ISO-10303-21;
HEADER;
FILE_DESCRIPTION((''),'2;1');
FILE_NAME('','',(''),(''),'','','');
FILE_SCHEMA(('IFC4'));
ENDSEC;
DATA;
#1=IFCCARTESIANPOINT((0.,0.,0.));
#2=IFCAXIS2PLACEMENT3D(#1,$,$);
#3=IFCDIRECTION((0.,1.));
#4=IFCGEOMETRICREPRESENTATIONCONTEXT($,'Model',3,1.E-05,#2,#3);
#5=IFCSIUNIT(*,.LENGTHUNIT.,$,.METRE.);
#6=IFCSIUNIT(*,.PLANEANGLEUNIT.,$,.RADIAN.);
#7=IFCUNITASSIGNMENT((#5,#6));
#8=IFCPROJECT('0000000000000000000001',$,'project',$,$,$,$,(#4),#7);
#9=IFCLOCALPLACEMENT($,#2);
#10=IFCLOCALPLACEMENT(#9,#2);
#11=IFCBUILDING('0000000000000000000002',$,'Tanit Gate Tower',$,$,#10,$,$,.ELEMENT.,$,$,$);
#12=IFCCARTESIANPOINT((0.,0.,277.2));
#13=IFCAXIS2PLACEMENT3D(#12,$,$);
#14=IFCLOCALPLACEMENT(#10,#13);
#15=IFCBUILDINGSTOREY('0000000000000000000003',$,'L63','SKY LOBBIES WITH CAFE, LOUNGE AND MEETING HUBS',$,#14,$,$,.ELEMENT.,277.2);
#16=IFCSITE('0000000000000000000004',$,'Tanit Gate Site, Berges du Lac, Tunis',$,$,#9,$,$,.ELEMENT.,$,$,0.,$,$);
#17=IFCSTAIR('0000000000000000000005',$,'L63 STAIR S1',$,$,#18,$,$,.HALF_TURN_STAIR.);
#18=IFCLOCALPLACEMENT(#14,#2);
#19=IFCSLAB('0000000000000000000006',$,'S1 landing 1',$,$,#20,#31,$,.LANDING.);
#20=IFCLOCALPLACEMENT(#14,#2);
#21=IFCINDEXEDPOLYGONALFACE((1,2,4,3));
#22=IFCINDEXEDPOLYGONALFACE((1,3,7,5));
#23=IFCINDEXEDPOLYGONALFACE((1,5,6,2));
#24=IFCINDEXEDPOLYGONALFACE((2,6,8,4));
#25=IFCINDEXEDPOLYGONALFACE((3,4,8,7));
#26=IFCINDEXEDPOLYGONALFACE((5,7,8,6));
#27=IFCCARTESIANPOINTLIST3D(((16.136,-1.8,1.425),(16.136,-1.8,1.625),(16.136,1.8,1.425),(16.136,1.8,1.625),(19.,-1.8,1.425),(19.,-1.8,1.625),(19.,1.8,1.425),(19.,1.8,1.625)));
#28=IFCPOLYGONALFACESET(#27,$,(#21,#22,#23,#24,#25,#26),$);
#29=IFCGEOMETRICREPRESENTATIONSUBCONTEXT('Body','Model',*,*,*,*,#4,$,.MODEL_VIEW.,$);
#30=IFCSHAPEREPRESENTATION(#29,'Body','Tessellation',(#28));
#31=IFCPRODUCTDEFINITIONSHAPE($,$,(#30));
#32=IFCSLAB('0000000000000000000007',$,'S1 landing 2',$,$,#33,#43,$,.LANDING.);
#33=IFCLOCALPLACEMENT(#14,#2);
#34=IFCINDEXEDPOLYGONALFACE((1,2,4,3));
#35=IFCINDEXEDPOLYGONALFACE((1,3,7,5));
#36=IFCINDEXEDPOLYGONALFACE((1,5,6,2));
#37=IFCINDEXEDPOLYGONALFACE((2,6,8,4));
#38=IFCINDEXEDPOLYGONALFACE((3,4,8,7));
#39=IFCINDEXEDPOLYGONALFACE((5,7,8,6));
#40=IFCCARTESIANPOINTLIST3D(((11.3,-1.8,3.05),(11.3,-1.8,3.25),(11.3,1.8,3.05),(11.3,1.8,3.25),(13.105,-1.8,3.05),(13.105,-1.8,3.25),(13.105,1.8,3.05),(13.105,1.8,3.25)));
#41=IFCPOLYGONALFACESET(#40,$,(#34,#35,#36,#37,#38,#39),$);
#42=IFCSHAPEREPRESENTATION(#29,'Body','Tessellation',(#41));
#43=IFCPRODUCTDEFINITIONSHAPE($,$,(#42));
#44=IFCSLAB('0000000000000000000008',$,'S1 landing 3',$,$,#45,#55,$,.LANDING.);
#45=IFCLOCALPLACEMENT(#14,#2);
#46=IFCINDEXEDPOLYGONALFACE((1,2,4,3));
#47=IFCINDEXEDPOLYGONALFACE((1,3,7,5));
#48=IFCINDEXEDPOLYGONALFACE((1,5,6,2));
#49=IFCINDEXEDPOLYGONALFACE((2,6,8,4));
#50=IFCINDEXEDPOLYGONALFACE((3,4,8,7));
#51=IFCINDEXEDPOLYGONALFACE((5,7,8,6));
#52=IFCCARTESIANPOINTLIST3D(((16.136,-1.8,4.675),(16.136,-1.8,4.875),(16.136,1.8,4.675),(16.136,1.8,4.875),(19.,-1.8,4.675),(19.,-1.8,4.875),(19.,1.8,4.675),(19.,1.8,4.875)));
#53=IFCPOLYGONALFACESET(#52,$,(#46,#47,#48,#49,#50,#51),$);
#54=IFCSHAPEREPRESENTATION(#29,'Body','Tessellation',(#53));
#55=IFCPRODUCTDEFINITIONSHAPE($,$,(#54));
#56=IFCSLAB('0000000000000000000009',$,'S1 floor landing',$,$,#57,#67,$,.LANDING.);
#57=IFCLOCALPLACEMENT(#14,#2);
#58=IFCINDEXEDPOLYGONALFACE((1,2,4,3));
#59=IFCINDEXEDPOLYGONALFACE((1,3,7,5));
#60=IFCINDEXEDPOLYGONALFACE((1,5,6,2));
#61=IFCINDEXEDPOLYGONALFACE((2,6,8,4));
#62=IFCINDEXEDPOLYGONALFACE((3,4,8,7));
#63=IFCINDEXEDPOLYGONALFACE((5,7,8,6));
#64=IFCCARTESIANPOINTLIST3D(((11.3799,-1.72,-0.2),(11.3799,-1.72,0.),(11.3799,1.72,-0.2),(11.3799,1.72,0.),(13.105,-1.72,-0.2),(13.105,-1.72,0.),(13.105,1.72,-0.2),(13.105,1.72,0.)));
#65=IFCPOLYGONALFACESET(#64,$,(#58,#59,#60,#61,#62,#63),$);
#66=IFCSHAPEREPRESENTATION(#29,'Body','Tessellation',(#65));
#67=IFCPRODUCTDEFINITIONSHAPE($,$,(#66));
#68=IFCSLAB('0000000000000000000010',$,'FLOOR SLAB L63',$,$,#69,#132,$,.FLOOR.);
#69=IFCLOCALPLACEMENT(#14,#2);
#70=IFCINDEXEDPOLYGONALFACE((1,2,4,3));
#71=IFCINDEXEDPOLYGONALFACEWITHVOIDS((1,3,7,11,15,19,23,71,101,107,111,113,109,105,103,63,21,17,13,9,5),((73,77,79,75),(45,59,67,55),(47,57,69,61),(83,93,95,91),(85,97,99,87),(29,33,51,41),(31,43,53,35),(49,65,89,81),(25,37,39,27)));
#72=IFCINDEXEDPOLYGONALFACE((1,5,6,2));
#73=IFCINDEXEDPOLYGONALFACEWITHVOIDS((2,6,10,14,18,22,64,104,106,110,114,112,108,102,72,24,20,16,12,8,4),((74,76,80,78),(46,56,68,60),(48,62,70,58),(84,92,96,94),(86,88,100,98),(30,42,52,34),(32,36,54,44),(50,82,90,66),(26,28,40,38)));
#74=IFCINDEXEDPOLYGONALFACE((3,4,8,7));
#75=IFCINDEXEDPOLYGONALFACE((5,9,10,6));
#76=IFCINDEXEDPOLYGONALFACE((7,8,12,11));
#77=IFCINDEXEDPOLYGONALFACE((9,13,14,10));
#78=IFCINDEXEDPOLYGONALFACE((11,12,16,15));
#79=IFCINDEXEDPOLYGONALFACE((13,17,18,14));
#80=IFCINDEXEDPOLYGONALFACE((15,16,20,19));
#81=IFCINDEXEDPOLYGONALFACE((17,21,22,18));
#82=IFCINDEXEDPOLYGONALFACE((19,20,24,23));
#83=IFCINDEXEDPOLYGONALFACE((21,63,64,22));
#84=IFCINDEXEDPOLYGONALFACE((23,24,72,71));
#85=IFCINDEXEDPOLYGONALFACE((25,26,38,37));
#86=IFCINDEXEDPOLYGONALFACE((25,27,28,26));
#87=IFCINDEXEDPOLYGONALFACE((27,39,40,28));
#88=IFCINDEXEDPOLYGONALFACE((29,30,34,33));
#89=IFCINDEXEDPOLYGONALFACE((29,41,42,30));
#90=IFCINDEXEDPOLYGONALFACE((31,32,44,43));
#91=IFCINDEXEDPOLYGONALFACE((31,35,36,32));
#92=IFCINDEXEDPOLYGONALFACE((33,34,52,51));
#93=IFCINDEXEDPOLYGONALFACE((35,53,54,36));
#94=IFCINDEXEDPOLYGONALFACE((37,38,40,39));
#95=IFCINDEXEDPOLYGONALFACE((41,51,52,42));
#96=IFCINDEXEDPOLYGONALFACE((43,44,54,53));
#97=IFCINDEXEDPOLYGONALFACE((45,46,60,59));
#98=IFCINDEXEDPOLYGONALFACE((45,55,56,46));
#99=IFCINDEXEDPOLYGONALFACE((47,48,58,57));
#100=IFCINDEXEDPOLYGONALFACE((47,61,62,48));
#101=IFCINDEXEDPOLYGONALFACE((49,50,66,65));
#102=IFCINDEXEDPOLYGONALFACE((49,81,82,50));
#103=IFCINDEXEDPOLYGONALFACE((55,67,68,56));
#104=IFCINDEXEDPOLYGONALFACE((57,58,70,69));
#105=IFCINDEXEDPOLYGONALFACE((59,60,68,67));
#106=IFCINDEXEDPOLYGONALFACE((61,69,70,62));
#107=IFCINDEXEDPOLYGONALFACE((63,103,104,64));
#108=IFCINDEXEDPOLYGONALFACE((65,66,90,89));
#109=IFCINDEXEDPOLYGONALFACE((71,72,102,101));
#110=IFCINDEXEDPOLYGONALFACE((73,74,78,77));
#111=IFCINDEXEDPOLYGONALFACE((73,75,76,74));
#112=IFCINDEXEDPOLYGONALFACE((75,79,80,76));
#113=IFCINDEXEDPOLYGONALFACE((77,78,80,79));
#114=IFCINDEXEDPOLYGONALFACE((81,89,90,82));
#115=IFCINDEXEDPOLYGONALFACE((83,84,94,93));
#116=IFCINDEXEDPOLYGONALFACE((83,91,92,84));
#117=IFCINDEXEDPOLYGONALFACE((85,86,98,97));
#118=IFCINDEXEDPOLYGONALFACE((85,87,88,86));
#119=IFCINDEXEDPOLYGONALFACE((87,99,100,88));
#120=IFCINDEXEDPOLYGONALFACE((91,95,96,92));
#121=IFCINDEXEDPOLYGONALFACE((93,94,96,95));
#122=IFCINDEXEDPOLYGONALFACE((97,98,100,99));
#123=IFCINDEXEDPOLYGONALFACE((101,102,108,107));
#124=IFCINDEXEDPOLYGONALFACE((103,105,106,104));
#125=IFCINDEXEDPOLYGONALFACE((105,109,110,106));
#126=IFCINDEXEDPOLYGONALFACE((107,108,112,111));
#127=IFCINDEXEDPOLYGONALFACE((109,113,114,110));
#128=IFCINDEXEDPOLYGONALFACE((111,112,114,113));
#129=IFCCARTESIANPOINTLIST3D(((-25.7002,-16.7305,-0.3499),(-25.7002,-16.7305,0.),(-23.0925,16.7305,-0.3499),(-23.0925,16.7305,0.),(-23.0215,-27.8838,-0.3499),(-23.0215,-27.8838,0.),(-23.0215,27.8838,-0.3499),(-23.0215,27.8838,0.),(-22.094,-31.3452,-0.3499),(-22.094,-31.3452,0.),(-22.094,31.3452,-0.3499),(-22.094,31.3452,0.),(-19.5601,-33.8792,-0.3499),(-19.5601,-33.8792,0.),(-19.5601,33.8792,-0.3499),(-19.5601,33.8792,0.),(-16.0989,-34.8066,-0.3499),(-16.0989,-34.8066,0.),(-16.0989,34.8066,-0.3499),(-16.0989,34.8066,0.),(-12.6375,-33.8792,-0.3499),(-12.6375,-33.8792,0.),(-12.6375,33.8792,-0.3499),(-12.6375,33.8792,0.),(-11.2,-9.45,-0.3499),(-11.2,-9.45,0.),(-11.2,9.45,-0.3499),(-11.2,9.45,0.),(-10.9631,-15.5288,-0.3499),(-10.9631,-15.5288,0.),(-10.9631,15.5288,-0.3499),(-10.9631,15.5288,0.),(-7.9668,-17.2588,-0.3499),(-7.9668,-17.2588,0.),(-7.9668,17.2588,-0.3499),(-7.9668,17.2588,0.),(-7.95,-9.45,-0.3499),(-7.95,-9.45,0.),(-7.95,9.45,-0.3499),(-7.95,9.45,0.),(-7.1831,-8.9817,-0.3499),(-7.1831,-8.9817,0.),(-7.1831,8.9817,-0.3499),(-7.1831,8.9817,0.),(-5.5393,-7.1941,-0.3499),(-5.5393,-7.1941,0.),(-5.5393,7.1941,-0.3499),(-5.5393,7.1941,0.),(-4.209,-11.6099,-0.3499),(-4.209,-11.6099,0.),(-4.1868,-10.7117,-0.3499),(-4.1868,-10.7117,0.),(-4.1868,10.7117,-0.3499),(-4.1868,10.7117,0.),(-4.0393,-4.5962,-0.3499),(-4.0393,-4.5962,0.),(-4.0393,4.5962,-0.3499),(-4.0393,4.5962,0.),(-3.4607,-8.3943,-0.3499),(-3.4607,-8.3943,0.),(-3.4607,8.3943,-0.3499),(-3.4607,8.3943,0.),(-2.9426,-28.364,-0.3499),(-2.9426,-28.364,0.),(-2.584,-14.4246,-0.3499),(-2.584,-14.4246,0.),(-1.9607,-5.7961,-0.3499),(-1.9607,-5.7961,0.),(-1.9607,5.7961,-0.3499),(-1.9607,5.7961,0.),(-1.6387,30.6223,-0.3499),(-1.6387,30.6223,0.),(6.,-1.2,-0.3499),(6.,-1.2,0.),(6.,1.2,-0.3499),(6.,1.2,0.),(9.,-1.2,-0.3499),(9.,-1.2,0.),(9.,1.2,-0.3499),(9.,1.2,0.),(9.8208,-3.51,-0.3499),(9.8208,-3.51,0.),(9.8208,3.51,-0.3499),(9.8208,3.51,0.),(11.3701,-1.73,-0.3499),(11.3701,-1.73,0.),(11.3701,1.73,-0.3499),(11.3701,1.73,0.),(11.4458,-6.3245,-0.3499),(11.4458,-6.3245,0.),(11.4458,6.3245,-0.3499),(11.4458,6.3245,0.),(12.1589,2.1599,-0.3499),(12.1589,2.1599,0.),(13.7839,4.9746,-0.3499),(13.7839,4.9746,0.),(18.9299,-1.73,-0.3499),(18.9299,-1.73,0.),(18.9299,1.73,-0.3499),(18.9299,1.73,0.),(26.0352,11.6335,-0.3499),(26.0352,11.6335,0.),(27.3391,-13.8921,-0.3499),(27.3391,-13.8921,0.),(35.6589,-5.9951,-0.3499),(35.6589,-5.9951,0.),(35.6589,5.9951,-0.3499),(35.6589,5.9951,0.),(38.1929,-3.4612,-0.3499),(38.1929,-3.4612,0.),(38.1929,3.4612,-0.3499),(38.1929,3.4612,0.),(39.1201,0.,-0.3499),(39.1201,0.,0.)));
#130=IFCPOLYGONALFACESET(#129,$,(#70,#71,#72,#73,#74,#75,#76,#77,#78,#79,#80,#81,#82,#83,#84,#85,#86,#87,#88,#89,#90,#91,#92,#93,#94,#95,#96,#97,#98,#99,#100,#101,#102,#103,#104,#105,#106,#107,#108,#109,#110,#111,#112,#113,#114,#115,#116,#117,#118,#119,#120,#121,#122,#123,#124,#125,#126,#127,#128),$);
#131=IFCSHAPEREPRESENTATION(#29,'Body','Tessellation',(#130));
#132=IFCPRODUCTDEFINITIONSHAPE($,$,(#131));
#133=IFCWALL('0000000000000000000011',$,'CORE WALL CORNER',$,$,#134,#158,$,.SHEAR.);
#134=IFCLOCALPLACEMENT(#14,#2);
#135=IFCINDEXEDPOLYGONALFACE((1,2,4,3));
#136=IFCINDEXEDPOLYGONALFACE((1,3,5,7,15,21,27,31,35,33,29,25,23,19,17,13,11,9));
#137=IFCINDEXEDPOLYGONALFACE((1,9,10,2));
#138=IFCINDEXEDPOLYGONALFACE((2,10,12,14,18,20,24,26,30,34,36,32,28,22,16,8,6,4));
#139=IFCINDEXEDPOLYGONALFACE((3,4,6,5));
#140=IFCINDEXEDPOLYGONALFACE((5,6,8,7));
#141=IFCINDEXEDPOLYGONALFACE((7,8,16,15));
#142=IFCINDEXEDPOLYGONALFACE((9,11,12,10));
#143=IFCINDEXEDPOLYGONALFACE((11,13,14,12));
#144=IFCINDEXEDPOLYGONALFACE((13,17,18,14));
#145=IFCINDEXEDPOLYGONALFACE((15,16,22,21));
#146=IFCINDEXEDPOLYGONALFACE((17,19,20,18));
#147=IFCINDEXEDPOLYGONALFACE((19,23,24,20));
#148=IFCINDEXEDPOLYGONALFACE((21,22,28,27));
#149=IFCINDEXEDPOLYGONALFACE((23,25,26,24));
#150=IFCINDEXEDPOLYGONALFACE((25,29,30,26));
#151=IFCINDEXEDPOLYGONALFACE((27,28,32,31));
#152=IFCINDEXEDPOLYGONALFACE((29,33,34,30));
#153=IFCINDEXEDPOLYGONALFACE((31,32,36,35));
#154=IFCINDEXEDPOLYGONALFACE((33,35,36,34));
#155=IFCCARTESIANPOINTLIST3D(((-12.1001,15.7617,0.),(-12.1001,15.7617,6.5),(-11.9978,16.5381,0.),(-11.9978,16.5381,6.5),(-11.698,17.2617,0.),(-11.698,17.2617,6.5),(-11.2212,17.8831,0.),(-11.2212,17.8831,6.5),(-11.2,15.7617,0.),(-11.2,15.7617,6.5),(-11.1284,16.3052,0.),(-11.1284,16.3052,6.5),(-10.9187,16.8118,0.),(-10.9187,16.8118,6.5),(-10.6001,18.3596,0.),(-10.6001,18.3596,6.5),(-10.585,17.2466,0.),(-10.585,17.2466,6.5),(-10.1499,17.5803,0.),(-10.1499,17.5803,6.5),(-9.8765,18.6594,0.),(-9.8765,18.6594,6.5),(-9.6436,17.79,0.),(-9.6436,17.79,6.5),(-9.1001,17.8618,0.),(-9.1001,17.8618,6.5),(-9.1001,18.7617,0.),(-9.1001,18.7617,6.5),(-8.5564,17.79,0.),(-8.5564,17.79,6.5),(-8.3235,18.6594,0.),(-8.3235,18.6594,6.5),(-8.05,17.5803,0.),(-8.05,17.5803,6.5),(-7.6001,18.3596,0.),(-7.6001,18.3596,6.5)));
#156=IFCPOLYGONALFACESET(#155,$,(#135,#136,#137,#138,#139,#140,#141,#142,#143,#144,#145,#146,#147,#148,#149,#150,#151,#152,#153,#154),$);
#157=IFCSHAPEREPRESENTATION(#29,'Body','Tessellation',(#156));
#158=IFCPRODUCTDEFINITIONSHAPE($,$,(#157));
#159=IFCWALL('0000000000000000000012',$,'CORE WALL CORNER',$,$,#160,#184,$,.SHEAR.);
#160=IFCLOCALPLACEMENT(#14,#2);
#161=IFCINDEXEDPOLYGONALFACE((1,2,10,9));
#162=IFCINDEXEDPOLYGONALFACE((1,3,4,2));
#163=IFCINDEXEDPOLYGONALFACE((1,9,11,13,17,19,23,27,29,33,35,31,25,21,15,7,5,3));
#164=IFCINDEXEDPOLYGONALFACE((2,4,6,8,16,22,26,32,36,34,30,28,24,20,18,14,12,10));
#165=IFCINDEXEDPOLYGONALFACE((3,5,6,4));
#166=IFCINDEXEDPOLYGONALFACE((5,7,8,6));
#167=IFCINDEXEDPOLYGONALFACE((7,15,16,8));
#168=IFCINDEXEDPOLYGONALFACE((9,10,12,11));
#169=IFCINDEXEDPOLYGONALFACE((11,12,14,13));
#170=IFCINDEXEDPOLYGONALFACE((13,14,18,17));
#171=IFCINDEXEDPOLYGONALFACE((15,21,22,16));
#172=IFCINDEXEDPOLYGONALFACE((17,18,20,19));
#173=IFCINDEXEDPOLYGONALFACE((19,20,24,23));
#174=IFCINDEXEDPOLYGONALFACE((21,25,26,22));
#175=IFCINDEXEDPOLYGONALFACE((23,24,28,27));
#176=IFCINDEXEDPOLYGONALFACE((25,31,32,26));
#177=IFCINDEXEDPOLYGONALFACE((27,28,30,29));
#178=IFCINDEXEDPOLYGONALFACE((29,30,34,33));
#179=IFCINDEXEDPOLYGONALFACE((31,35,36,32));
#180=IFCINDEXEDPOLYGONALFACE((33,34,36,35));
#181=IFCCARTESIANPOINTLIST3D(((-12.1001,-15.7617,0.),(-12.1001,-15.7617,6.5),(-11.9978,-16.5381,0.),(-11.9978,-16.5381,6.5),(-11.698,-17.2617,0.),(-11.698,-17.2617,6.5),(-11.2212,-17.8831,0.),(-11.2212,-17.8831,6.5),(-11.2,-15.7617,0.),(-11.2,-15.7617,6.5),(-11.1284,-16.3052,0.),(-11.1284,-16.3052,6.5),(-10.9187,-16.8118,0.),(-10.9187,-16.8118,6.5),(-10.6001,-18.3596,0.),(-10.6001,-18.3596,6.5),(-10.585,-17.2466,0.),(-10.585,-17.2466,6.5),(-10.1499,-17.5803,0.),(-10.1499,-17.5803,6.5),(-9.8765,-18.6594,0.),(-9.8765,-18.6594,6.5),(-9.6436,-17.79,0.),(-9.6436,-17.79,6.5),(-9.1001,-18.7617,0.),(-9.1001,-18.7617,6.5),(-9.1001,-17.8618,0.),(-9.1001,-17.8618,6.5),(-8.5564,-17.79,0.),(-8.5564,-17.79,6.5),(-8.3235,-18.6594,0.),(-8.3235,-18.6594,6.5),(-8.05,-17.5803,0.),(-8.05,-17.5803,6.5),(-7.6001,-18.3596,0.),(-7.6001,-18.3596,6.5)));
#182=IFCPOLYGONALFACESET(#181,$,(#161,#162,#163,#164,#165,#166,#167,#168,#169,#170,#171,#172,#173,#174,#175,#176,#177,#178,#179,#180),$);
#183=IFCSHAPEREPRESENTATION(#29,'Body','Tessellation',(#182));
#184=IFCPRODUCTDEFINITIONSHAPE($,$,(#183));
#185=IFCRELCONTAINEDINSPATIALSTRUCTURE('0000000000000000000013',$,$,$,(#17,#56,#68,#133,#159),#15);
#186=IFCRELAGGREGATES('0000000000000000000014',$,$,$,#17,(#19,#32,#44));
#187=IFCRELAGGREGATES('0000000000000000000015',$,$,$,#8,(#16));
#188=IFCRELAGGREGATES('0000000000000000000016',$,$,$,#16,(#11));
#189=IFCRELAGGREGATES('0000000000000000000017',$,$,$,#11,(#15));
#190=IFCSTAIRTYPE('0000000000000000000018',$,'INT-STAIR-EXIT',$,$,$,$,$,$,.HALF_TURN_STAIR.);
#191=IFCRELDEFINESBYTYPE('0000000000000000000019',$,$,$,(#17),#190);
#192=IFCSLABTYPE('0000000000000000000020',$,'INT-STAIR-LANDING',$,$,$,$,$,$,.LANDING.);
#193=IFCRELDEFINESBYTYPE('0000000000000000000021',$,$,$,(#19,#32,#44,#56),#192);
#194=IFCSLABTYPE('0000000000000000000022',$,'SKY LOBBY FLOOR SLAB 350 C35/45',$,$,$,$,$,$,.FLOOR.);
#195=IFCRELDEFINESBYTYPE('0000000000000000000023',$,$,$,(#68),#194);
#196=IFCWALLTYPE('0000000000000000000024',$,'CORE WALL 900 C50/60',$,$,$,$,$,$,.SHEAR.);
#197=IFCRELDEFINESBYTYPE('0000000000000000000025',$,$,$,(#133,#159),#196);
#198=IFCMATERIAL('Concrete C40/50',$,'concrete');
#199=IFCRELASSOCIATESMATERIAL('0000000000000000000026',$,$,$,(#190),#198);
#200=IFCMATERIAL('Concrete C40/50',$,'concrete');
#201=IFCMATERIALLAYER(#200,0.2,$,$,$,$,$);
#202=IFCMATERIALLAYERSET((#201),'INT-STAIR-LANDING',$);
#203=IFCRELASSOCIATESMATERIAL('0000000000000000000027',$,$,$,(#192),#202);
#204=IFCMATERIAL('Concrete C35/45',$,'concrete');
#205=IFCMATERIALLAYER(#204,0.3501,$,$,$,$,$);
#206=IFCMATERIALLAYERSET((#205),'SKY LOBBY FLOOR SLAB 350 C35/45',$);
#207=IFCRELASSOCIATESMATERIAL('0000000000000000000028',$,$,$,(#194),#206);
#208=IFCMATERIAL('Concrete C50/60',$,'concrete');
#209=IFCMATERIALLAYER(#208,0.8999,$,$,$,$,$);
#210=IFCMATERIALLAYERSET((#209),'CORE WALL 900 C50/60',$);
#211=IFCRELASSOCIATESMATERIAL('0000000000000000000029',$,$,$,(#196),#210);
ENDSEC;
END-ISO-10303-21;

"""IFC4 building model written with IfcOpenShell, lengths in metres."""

from ifc_helpers import new_model, si_unit, direction, frame, origin, place, context, subcontext, project, spatial, polyline, outline, extrude, material, layer, layer_set, type_object, element, aggregate, save


model = new_model("IFC4")

# Units and contexts
model_context = context("Model", 3, precision=1e-05, world=origin(), true_north=direction((0.0, 1.0)))
body_context = subcontext(model_context, "Body", "Model", "MODEL_VIEW")
ifc_project = project(units=[si_unit("LENGTHUNIT", "METRE"), si_unit("PLANEANGLEUNIT", "RADIAN")], contexts=[model_context])

# Site, building, storey
site_placement = place(None, origin())
site = spatial("IfcSite", under=ifc_project, at=site_placement, Name="Tanit Gate Site, Berges du Lac, Tunis", CompositionType="ELEMENT", RefElevation=0.0)
building_placement = place(site_placement, origin())
building = spatial("IfcBuilding", under=site, at=building_placement, Name="Tanit Gate Tower", CompositionType="ELEMENT")
storey_placement = place(building_placement, frame((0.0, 0.0, 277.2)))
storey = spatial("IfcBuildingStorey", under=building, at=storey_placement, Name="L63", Description="SKY LOBBIES WITH CAFE, LOUNGE AND MEETING HUBS", CompositionType="ELEMENT", Elevation=277.2)

# Stair, slabs
ifc_material_1 = material(Name="Concrete C40/50", Category="concrete")
stair_type = type_object("IfcStairType", Name="INT-STAIR-EXIT", PredefinedType="HALF_TURN_STAIR", material=ifc_material_1)
stair_placement = place(storey_placement, origin())
stair = element("IfcStair", 1, at=stair_placement, inside=storey, type_object=stair_type, Name="L63 STAIR S1", PredefinedType="HALF_TURN_STAIR")
ifc_material_2 = material(Name="Concrete C40/50", Category="concrete")
ifc_layer_1 = layer(ifc_material_2, 0.2)
ifc_layer_set_1 = layer_set([ifc_layer_1], Name="INT-STAIR-LANDING")
slab_type_1 = type_object("IfcSlabType", Name="INT-STAIR-LANDING", PredefinedType="LANDING", material=ifc_layer_set_1)
slab_1_placement = place(storey_placement, frame((0.0, 0.0, 1.425)))
slab_1 = element("IfcSlab", 2, at=slab_1_placement, type_object=slab_type_1, Name="S1 landing 1", PredefinedType="LANDING", context=body_context, shape_type="SweptSolid", body=[
    extrude(outline(polyline([(16.136, -1.8), (19.0, -1.8), (19.0, 1.8), (16.136, 1.8), (16.136, -1.8)])), origin(), (0.0, 0.0, 1.0), 0.2),
])
slab_2_placement = place(storey_placement, frame((0.0, 0.0, 3.05)))
slab_2 = element("IfcSlab", 3, at=slab_2_placement, type_object=slab_type_1, Name="S1 landing 2", PredefinedType="LANDING", context=body_context, shape_type="SweptSolid", body=[
    extrude(outline(polyline([(11.3, -1.8), (13.105, -1.8), (13.105, 1.8), (11.3, 1.8), (11.3, -1.8)])), origin(), (0.0, 0.0, 1.0), 0.2),
])
slab_3_placement = place(storey_placement, frame((0.0, 0.0, 4.675)))
slab_3 = element("IfcSlab", 4, at=slab_3_placement, type_object=slab_type_1, Name="S1 landing 3", PredefinedType="LANDING", context=body_context, shape_type="SweptSolid", body=[
    extrude(outline(polyline([(16.136, -1.8), (19.0, -1.8), (19.0, 1.8), (16.136, 1.8), (16.136, -1.8)])), origin(), (0.0, 0.0, 1.0), 0.2),
])
aggregate(stair, [slab_1, slab_2, slab_3])

# Slabs
slab_4_placement = place(storey_placement, frame((0.0, 0.0, -0.2)))
element("IfcSlab", 5, at=slab_4_placement, inside=storey, type_object=slab_type_1, Name="S1 floor landing", PredefinedType="LANDING", context=body_context, shape_type="SweptSolid", body=[
    extrude(outline(polyline([(11.3799, -1.72), (13.105, -1.72), (13.105, 1.72), (11.3799, 1.72), (11.3799, -1.72)])), origin(), (0.0, 0.0, 1.0), 0.2),
])
ifc_material_3 = material(Name="Concrete C35/45", Category="concrete")
ifc_layer_2 = layer(ifc_material_3, 0.3501)
ifc_layer_set_2 = layer_set([ifc_layer_2], Name="SKY LOBBY FLOOR SLAB 350 C35/45")
slab_type_2 = type_object("IfcSlabType", Name="SKY LOBBY FLOOR SLAB 350 C35/45", PredefinedType="FLOOR", material=ifc_layer_set_2)
slab_5_placement = place(storey_placement, frame((0.0, 0.0, -0.3499)))
element("IfcSlab", 6, at=slab_5_placement, inside=storey, type_object=slab_type_2, Name="FLOOR SLAB L63", PredefinedType="FLOOR", context=body_context, shape_type="SweptSolid", body=[
    extrude(outline(polyline([(35.6589, 5.9951), (38.1929, 3.4612), (39.1201, 0.0), (38.1929, -3.4612), (35.6589, -5.9951), (27.3391, -13.8921), (-2.9426, -28.364), (-12.6375, -33.8792), (-16.0989, -34.8066), (-19.5601, -33.8792), (-22.094, -31.3452), (-23.0215, -27.8838), (-25.7002, -16.7305), (-23.0925, 16.7305), (-23.0215, 27.8838), (-22.094, 31.3452), (-19.5601, 33.8792), (-16.0989, 34.8066), (-12.6375, 33.8792), (-1.6387, 30.6223), (26.0352, 11.6335), (35.6589, 5.9951)]), holes=[polyline([(11.3701, 1.73), (18.9299, 1.73), (18.9299, -1.73), (11.3701, -1.73), (11.3701, 1.73)]), polyline([(9.8208, 3.51), (11.4458, 6.3245), (13.7839, 4.9746), (12.1589, 2.1599), (9.8208, 3.51)]), polyline([(-4.209, -11.6099), (9.8208, -3.51), (11.4458, -6.3245), (-2.584, -14.4246), (-4.209, -11.6099)]), polyline([(6.0, 1.2), (9.0, 1.2), (9.0, -1.2), (6.0, -1.2), (6.0, 1.2)]), polyline([(-5.5393, 7.1941), (-3.4607, 8.3943), (-1.9607, 5.7961), (-4.0393, 4.5962), (-5.5393, 7.1941)]), polyline([(-1.9607, -5.7961), (-3.4607, -8.3943), (-5.5393, -7.1941), (-4.0393, -4.5962), (-1.9607, -5.7961)]), polyline([(-10.9631, 15.5288), (-7.9668, 17.2588), (-4.1868, 10.7117), (-7.1831, 8.9817), (-10.9631, 15.5288)]), polyline([(-4.1868, -10.7117), (-7.9668, -17.2588), (-10.9631, -15.5288), (-7.1831, -8.9817), (-4.1868, -10.7117)]), polyline([(-11.2, -9.45), (-11.2, 9.45), (-7.95, 9.45), (-7.95, -9.45), (-11.2, -9.45)])]), origin(), (0.0, 0.0, 1.0), 0.3499),
])

# Walls
ifc_material_4 = material(Name="Concrete C50/60", Category="concrete")
ifc_layer_3 = layer(ifc_material_4, 0.8999)
ifc_layer_set_3 = layer_set([ifc_layer_3], Name="CORE WALL 900 C50/60")
wall_type_1 = type_object("IfcWallType", Name="CORE WALL 900 C50/60", PredefinedType="SHEAR", material=ifc_layer_set_3)
wall_1_placement = place(storey_placement, origin())
element("IfcWall", 7, at=wall_1_placement, inside=storey, type_object=wall_type_1, Name="CORE WALL CORNER", PredefinedType="SHEAR", context=body_context, shape_type="SweptSolid", body=[
    extrude(outline(polyline([(-7.6001, 18.3596), (-8.3235, 18.6594), (-9.1001, 18.7617), (-9.8765, 18.6594), (-10.6001, 18.3596), (-11.2212, 17.8831), (-11.698, 17.2617), (-11.9978, 16.5381), (-12.1001, 15.7617), (-11.2, 15.7617), (-11.1284, 16.3052), (-10.9187, 16.8118), (-10.585, 17.2466), (-10.1499, 17.5803), (-9.6436, 17.79), (-9.1001, 17.8618), (-8.5564, 17.79), (-8.05, 17.5803), (-7.6001, 18.3596)])), origin(), (0.0, 0.0, 1.0), 6.5),
])
wall_2_placement = place(storey_placement, origin())
element("IfcWall", 8, at=wall_2_placement, inside=storey, type_object=wall_type_1, Name="CORE WALL CORNER", PredefinedType="SHEAR", context=body_context, shape_type="SweptSolid", body=[
    extrude(outline(polyline([(-12.1001, -15.7617), (-11.9978, -16.5381), (-11.698, -17.2617), (-11.2212, -17.8831), (-10.6001, -18.3596), (-9.8765, -18.6594), (-9.1001, -18.7617), (-8.3235, -18.6594), (-7.6001, -18.3596), (-8.05, -17.5803), (-8.5564, -17.79), (-9.1001, -17.8618), (-9.6436, -17.79), (-10.1499, -17.5803), (-10.585, -17.2466), (-10.9187, -16.8118), (-11.1284, -16.3052), (-11.2, -15.7617), (-12.1001, -15.7617)])), origin(), (0.0, 0.0, 1.0), 6.5),
])

save(model, "model.ifc")
